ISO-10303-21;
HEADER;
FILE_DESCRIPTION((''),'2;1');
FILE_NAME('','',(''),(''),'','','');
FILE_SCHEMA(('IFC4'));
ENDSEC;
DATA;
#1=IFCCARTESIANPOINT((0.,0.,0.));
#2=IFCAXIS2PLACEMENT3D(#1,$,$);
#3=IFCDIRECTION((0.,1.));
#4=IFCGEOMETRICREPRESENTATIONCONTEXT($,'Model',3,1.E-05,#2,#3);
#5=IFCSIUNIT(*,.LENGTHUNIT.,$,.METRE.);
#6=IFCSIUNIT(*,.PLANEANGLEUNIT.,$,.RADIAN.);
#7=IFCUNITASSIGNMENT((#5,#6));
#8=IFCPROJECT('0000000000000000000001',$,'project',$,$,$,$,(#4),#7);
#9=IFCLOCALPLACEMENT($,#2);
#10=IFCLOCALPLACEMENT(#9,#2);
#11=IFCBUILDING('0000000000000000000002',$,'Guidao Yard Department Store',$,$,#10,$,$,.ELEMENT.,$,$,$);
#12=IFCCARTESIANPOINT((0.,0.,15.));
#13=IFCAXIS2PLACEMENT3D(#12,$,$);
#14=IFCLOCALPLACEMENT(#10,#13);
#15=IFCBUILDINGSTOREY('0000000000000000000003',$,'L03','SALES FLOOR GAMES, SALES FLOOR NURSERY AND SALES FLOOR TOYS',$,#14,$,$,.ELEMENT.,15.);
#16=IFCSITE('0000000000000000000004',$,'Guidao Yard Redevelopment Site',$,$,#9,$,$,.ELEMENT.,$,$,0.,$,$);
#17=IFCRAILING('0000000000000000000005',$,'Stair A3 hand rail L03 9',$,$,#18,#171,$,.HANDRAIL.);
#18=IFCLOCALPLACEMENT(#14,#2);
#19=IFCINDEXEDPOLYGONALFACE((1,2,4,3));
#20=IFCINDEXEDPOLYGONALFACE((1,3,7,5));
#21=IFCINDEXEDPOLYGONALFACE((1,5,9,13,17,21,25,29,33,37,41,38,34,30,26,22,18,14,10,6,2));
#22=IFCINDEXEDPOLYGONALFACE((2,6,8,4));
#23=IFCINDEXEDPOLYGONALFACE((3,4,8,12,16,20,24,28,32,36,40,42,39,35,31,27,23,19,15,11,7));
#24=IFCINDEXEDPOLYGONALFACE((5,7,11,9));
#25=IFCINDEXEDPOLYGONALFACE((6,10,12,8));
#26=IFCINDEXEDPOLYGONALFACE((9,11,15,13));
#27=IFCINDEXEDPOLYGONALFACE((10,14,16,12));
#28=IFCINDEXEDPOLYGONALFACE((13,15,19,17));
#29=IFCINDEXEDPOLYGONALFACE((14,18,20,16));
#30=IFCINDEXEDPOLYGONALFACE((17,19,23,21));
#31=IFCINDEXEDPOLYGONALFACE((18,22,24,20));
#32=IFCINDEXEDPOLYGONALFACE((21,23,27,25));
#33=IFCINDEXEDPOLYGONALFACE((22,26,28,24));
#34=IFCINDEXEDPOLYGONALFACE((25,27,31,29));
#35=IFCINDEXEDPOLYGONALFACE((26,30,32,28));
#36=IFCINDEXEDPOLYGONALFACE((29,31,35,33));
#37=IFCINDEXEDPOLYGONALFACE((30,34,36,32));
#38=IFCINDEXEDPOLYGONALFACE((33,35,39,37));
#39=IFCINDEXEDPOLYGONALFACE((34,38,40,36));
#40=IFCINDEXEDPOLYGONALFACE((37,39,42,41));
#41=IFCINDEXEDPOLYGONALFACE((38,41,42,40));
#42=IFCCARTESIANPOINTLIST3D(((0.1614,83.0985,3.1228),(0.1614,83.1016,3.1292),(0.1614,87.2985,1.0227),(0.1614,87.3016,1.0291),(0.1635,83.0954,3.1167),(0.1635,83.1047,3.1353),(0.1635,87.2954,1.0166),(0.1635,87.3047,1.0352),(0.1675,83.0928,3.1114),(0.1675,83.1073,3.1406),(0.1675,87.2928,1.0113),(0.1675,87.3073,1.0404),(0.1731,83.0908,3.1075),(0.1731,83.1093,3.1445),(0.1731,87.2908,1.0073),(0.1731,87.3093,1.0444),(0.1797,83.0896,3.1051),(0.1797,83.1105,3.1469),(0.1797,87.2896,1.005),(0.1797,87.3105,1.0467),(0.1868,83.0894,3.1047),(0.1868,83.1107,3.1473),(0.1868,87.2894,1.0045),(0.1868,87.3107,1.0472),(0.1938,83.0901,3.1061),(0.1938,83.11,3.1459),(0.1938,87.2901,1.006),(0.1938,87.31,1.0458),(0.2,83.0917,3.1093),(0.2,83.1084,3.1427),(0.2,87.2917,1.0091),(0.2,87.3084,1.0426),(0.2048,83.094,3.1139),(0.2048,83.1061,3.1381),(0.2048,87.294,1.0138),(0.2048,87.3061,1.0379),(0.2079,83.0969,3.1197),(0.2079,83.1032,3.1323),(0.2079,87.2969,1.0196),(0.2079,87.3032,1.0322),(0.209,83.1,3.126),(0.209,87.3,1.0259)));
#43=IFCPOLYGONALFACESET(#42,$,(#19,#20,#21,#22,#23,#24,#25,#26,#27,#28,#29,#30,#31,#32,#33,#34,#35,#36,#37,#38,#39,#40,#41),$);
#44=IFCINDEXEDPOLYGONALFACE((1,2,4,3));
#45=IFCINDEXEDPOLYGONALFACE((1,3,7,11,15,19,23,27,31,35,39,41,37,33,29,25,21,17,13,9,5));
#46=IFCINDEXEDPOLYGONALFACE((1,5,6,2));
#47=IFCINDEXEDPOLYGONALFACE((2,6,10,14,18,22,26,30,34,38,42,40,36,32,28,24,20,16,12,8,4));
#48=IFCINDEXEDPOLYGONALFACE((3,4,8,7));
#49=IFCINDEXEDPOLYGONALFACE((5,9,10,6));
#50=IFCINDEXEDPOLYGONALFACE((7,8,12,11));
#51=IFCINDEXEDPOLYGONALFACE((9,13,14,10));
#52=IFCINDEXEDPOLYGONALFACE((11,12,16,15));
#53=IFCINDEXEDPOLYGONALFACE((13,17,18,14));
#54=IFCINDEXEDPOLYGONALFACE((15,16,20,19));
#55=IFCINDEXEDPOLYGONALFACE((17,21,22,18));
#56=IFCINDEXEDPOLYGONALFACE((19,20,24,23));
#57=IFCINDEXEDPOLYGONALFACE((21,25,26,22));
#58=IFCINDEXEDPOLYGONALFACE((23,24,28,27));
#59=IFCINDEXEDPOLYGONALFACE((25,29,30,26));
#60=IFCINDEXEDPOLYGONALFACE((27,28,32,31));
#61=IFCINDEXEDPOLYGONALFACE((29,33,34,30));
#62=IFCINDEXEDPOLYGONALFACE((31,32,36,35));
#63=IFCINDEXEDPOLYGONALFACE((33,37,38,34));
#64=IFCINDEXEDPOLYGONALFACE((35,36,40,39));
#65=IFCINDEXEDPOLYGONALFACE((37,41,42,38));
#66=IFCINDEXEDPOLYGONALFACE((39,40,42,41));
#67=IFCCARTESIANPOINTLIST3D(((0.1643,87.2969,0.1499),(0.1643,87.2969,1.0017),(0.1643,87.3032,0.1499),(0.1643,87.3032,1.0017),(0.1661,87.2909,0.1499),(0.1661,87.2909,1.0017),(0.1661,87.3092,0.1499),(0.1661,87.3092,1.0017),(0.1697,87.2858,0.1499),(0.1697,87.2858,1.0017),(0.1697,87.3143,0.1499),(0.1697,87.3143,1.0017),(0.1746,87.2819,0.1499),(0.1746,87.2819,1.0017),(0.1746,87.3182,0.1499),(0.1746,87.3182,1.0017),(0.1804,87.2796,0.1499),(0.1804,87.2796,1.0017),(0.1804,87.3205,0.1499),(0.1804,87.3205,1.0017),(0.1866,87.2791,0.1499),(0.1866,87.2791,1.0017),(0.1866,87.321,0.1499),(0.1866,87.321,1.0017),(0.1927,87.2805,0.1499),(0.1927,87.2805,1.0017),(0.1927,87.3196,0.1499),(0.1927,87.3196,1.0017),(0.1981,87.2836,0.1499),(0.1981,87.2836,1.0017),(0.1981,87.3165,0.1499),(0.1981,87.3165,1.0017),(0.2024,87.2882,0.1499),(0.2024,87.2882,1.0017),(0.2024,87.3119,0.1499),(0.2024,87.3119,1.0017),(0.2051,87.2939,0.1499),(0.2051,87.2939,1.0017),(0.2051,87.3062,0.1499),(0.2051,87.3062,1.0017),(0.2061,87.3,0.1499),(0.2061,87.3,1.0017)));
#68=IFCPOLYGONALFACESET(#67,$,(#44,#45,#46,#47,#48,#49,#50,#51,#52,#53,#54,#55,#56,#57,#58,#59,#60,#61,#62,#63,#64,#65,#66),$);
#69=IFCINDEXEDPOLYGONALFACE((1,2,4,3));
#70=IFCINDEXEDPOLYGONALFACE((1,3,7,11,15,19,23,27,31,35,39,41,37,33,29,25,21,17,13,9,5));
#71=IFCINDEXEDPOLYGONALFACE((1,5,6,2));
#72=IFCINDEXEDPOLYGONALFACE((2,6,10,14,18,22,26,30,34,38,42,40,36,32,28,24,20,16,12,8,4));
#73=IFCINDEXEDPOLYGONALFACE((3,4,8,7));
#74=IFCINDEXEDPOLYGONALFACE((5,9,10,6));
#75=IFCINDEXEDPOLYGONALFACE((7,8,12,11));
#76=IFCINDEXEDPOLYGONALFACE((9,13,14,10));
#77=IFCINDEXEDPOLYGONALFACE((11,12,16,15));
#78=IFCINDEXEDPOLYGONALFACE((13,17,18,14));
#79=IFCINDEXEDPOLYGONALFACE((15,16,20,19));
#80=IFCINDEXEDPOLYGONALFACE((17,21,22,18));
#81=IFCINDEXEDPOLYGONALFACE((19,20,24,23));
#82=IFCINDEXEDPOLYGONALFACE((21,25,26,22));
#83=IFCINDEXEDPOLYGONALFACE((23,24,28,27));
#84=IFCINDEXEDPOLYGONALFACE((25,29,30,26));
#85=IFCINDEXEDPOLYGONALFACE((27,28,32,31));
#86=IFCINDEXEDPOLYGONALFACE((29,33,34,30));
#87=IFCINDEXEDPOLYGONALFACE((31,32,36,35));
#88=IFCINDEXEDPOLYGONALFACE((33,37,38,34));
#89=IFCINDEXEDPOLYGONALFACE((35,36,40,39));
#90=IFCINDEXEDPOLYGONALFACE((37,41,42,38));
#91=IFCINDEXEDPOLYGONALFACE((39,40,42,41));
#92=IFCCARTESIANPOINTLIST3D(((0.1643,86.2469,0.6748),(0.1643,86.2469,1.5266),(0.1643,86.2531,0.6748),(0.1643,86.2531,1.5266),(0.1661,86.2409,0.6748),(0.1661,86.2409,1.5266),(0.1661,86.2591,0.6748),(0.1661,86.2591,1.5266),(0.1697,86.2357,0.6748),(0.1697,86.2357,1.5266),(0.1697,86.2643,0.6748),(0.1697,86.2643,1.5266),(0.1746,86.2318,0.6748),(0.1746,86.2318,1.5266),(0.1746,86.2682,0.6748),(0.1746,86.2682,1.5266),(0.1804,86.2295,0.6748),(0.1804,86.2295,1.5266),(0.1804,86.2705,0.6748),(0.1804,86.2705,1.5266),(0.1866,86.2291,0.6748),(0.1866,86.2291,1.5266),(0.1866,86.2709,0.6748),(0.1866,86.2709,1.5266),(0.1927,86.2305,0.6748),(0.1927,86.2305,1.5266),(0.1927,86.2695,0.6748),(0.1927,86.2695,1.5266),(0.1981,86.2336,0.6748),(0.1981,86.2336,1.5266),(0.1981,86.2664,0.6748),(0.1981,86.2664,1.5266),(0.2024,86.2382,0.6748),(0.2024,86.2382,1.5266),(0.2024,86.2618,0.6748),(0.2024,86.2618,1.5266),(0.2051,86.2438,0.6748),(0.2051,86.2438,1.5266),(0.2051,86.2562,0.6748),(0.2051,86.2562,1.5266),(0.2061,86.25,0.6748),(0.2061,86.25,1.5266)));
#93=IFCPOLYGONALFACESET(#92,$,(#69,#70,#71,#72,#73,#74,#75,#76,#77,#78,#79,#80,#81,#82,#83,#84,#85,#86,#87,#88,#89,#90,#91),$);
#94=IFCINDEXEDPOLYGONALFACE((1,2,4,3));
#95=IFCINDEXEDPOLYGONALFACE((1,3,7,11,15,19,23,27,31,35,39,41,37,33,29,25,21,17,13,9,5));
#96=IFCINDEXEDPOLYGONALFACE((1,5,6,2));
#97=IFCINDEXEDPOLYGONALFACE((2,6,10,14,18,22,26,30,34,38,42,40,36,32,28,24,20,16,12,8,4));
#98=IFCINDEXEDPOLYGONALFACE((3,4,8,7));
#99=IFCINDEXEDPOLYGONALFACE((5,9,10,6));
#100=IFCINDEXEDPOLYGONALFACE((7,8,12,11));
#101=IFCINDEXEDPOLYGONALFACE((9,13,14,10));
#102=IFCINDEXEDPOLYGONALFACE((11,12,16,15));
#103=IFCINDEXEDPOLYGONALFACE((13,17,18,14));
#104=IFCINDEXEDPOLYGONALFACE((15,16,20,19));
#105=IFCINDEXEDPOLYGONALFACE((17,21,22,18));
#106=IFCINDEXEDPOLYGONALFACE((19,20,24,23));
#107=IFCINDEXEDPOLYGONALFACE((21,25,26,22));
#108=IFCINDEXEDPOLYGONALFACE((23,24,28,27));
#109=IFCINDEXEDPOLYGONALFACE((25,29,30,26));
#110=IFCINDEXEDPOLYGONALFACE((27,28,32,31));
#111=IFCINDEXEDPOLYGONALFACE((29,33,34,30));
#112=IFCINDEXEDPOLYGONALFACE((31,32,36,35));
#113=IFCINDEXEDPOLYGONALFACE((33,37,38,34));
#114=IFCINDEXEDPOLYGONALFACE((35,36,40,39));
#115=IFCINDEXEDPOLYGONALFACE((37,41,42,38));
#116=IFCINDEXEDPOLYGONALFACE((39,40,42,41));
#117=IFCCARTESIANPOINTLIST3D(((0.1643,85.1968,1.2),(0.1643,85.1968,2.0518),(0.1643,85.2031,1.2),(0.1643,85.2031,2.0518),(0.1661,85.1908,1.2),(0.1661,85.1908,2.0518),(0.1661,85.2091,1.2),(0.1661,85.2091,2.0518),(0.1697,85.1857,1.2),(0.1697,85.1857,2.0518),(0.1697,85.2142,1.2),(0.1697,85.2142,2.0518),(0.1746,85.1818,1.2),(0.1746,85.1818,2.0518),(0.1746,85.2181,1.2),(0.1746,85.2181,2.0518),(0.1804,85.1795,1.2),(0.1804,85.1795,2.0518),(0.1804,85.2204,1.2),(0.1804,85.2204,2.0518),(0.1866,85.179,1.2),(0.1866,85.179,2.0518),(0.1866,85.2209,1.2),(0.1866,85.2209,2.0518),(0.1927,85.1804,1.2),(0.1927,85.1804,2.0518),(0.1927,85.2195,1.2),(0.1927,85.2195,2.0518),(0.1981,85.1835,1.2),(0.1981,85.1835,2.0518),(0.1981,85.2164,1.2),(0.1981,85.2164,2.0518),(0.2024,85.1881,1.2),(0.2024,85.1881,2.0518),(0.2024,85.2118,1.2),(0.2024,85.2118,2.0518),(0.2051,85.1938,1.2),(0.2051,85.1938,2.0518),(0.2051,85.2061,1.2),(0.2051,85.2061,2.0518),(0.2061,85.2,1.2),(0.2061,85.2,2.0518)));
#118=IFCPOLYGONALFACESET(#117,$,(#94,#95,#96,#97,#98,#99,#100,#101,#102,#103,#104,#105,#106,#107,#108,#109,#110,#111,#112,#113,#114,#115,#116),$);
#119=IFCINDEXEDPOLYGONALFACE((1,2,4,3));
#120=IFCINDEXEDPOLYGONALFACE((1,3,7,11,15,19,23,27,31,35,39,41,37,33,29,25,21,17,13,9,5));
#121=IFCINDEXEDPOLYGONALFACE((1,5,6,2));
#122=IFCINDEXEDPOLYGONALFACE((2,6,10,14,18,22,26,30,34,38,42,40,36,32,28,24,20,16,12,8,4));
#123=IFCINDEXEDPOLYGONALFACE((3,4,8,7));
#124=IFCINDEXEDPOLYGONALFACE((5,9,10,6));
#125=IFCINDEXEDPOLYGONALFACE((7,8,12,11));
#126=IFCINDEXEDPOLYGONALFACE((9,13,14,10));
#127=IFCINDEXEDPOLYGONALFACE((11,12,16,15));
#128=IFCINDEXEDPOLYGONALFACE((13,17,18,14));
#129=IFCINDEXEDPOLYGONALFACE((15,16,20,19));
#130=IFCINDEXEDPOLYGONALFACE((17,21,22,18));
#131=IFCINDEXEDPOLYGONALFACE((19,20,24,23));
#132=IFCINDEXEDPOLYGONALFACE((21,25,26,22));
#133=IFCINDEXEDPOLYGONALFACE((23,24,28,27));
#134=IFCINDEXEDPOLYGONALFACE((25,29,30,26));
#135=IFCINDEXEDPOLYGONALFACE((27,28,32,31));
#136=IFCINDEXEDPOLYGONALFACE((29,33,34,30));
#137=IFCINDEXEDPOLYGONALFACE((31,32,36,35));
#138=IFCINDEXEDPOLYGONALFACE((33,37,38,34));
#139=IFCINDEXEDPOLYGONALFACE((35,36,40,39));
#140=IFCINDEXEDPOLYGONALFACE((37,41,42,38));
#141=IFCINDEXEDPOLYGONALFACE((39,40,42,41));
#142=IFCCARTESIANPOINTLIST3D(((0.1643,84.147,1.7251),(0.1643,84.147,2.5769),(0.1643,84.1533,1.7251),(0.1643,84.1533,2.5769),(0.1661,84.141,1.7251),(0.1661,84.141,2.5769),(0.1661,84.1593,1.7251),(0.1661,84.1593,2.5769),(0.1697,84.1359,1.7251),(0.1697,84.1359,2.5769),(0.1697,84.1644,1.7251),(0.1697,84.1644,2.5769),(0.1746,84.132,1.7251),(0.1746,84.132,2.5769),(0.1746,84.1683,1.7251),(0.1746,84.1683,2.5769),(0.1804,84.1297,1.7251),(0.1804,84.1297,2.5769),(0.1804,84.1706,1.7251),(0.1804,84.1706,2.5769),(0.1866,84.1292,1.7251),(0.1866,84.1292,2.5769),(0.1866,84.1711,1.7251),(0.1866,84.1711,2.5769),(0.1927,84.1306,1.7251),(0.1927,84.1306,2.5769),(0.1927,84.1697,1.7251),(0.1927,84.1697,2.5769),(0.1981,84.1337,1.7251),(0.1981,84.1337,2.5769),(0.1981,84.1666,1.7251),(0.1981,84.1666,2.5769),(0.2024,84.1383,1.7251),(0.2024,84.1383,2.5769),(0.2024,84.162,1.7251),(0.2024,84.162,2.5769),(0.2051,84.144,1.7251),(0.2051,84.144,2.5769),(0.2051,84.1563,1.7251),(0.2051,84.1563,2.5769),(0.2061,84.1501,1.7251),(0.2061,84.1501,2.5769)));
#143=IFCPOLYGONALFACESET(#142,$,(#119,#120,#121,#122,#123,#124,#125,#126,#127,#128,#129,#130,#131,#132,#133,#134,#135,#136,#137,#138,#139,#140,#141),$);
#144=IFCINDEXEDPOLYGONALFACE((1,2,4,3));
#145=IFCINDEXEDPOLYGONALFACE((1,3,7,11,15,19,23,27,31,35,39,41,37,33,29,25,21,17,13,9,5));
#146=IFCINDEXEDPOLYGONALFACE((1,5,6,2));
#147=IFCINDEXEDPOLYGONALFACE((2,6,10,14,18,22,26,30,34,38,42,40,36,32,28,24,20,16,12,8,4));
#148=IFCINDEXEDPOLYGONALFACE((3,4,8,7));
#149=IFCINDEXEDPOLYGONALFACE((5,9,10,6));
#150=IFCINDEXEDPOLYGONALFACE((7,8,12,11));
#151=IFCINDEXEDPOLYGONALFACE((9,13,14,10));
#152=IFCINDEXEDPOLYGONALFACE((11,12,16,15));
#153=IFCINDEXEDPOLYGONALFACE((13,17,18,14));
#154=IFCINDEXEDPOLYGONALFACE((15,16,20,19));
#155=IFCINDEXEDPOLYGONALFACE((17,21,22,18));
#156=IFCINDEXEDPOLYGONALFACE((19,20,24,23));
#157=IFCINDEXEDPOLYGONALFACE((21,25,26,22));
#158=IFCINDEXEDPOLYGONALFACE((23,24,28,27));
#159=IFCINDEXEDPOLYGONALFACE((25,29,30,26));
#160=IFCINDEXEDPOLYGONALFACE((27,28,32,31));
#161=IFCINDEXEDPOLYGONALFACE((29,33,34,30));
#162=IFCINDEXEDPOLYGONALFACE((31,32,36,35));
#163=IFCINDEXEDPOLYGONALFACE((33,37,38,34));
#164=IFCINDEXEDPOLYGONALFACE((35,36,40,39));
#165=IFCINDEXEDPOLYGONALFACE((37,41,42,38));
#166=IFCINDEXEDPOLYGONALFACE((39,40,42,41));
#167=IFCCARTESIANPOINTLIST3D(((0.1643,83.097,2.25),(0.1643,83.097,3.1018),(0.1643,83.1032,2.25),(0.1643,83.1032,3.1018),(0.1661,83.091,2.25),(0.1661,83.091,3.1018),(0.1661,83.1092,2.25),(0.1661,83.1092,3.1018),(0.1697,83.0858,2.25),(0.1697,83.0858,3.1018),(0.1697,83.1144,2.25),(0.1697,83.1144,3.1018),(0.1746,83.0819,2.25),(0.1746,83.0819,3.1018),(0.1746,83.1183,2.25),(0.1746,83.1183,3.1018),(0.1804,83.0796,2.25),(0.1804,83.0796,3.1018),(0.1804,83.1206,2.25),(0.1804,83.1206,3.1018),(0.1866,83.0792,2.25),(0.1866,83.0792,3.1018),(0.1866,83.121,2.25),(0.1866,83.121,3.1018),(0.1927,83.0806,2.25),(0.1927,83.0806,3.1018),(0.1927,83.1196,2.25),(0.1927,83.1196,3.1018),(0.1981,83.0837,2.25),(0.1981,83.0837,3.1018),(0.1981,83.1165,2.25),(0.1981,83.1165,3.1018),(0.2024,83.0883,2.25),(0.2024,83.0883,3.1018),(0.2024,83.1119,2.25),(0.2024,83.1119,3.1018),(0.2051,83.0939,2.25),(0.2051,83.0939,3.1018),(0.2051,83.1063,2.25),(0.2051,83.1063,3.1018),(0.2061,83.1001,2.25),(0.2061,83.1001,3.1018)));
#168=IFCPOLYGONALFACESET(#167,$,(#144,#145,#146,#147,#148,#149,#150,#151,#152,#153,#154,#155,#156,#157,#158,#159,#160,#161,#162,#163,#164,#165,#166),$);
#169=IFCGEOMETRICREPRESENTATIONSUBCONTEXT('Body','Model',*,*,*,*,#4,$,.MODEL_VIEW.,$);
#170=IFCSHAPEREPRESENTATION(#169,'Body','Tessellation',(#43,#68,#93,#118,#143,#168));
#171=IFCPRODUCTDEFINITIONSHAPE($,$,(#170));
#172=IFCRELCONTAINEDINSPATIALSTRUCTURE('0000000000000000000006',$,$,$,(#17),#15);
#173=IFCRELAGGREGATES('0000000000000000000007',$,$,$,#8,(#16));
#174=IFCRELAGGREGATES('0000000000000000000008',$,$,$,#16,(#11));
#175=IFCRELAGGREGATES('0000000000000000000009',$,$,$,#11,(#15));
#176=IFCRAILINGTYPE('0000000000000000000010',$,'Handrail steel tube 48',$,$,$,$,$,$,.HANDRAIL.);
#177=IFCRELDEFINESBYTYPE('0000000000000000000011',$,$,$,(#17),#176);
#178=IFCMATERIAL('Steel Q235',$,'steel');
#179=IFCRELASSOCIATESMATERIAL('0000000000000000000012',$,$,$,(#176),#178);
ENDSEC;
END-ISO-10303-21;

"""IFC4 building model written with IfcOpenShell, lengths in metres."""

from ifc_helpers import new_model, si_unit, direction, frame, origin, origin_2d, place, context, subcontext, project, spatial, circle, extrude, material, type_object, element, save


model = new_model("IFC4")

# Units and contexts
model_context = context("Model", 3, precision=1e-05, world=origin(), true_north=direction((0.0, 1.0)))
body_context = subcontext(model_context, "Body", "Model", "MODEL_VIEW")
ifc_project = project(units=[si_unit("LENGTHUNIT", "METRE"), si_unit("PLANEANGLEUNIT", "RADIAN")], contexts=[model_context])

# Site, building, storey
site_placement = place(None, origin())
site = spatial("IfcSite", under=ifc_project, at=site_placement, Name="Guidao Yard Redevelopment Site", CompositionType="ELEMENT", RefElevation=0.0)
building_placement = place(site_placement, origin())
building = spatial("IfcBuilding", under=site, at=building_placement, Name="Guidao Yard Department Store", CompositionType="ELEMENT")
storey_placement = place(building_placement, frame((0.0, 0.0, 15.0)))
storey = spatial("IfcBuildingStorey", under=building, at=storey_placement, Name="L03", Description="SALES FLOOR GAMES, SALES FLOOR NURSERY AND SALES FLOOR TOYS", CompositionType="ELEMENT", Elevation=15.0)

# Railing
ifc_material_1 = material(Name="Steel Q235", Category="steel")
railing_type_1 = type_object("IfcRailingType", Name="Handrail steel tube 48", PredefinedType="HANDRAIL", material=ifc_material_1)
for number, where, name in (
    (1, (0.1851, 87.3, 0.1499), "Stair A3 hand rail L03 9"),
):
    element("IfcRailing", number, at=place(storey_placement, frame(where)), inside=storey, type_object=railing_type_1, Name=name, PredefinedType="HANDRAIL", context=body_context, shape_type="SweptSolid", body=[
        extrude(circle(Radius=0.0239, at=origin_2d()), frame((0.0, 0.0, 0.876), z_axis=(0.0, -0.894417, 0.447234), x_axis=(1.0, 0.0, 0.0)), (0.0, 0.0, 1.0), 4.6958),
        extrude(circle(Radius=0.021, at=origin_2d()), origin(), (0.0, 0.0, 1.0), 0.8518),
        extrude(circle(Radius=0.021, at=origin_2d()), frame((0.0, -1.05, 0.5249)), (0.0, 0.0, 1.0), 0.8518),
        extrude(circle(Radius=0.021, at=origin_2d()), frame((0.0, -2.1001, 1.05)), (0.0, 0.0, 1.0), 0.8518),
        extrude(circle(Radius=0.021, at=origin_2d()), frame((0.0, -3.1499, 1.5752)), (0.0, 0.0, 1.0), 0.8518),
        extrude(circle(Radius=0.021, at=origin_2d()), frame((0.0, -4.2, 2.1001)), (0.0, 0.0, 1.0), 0.8518),
    ])

save(model, "model.ifc")
